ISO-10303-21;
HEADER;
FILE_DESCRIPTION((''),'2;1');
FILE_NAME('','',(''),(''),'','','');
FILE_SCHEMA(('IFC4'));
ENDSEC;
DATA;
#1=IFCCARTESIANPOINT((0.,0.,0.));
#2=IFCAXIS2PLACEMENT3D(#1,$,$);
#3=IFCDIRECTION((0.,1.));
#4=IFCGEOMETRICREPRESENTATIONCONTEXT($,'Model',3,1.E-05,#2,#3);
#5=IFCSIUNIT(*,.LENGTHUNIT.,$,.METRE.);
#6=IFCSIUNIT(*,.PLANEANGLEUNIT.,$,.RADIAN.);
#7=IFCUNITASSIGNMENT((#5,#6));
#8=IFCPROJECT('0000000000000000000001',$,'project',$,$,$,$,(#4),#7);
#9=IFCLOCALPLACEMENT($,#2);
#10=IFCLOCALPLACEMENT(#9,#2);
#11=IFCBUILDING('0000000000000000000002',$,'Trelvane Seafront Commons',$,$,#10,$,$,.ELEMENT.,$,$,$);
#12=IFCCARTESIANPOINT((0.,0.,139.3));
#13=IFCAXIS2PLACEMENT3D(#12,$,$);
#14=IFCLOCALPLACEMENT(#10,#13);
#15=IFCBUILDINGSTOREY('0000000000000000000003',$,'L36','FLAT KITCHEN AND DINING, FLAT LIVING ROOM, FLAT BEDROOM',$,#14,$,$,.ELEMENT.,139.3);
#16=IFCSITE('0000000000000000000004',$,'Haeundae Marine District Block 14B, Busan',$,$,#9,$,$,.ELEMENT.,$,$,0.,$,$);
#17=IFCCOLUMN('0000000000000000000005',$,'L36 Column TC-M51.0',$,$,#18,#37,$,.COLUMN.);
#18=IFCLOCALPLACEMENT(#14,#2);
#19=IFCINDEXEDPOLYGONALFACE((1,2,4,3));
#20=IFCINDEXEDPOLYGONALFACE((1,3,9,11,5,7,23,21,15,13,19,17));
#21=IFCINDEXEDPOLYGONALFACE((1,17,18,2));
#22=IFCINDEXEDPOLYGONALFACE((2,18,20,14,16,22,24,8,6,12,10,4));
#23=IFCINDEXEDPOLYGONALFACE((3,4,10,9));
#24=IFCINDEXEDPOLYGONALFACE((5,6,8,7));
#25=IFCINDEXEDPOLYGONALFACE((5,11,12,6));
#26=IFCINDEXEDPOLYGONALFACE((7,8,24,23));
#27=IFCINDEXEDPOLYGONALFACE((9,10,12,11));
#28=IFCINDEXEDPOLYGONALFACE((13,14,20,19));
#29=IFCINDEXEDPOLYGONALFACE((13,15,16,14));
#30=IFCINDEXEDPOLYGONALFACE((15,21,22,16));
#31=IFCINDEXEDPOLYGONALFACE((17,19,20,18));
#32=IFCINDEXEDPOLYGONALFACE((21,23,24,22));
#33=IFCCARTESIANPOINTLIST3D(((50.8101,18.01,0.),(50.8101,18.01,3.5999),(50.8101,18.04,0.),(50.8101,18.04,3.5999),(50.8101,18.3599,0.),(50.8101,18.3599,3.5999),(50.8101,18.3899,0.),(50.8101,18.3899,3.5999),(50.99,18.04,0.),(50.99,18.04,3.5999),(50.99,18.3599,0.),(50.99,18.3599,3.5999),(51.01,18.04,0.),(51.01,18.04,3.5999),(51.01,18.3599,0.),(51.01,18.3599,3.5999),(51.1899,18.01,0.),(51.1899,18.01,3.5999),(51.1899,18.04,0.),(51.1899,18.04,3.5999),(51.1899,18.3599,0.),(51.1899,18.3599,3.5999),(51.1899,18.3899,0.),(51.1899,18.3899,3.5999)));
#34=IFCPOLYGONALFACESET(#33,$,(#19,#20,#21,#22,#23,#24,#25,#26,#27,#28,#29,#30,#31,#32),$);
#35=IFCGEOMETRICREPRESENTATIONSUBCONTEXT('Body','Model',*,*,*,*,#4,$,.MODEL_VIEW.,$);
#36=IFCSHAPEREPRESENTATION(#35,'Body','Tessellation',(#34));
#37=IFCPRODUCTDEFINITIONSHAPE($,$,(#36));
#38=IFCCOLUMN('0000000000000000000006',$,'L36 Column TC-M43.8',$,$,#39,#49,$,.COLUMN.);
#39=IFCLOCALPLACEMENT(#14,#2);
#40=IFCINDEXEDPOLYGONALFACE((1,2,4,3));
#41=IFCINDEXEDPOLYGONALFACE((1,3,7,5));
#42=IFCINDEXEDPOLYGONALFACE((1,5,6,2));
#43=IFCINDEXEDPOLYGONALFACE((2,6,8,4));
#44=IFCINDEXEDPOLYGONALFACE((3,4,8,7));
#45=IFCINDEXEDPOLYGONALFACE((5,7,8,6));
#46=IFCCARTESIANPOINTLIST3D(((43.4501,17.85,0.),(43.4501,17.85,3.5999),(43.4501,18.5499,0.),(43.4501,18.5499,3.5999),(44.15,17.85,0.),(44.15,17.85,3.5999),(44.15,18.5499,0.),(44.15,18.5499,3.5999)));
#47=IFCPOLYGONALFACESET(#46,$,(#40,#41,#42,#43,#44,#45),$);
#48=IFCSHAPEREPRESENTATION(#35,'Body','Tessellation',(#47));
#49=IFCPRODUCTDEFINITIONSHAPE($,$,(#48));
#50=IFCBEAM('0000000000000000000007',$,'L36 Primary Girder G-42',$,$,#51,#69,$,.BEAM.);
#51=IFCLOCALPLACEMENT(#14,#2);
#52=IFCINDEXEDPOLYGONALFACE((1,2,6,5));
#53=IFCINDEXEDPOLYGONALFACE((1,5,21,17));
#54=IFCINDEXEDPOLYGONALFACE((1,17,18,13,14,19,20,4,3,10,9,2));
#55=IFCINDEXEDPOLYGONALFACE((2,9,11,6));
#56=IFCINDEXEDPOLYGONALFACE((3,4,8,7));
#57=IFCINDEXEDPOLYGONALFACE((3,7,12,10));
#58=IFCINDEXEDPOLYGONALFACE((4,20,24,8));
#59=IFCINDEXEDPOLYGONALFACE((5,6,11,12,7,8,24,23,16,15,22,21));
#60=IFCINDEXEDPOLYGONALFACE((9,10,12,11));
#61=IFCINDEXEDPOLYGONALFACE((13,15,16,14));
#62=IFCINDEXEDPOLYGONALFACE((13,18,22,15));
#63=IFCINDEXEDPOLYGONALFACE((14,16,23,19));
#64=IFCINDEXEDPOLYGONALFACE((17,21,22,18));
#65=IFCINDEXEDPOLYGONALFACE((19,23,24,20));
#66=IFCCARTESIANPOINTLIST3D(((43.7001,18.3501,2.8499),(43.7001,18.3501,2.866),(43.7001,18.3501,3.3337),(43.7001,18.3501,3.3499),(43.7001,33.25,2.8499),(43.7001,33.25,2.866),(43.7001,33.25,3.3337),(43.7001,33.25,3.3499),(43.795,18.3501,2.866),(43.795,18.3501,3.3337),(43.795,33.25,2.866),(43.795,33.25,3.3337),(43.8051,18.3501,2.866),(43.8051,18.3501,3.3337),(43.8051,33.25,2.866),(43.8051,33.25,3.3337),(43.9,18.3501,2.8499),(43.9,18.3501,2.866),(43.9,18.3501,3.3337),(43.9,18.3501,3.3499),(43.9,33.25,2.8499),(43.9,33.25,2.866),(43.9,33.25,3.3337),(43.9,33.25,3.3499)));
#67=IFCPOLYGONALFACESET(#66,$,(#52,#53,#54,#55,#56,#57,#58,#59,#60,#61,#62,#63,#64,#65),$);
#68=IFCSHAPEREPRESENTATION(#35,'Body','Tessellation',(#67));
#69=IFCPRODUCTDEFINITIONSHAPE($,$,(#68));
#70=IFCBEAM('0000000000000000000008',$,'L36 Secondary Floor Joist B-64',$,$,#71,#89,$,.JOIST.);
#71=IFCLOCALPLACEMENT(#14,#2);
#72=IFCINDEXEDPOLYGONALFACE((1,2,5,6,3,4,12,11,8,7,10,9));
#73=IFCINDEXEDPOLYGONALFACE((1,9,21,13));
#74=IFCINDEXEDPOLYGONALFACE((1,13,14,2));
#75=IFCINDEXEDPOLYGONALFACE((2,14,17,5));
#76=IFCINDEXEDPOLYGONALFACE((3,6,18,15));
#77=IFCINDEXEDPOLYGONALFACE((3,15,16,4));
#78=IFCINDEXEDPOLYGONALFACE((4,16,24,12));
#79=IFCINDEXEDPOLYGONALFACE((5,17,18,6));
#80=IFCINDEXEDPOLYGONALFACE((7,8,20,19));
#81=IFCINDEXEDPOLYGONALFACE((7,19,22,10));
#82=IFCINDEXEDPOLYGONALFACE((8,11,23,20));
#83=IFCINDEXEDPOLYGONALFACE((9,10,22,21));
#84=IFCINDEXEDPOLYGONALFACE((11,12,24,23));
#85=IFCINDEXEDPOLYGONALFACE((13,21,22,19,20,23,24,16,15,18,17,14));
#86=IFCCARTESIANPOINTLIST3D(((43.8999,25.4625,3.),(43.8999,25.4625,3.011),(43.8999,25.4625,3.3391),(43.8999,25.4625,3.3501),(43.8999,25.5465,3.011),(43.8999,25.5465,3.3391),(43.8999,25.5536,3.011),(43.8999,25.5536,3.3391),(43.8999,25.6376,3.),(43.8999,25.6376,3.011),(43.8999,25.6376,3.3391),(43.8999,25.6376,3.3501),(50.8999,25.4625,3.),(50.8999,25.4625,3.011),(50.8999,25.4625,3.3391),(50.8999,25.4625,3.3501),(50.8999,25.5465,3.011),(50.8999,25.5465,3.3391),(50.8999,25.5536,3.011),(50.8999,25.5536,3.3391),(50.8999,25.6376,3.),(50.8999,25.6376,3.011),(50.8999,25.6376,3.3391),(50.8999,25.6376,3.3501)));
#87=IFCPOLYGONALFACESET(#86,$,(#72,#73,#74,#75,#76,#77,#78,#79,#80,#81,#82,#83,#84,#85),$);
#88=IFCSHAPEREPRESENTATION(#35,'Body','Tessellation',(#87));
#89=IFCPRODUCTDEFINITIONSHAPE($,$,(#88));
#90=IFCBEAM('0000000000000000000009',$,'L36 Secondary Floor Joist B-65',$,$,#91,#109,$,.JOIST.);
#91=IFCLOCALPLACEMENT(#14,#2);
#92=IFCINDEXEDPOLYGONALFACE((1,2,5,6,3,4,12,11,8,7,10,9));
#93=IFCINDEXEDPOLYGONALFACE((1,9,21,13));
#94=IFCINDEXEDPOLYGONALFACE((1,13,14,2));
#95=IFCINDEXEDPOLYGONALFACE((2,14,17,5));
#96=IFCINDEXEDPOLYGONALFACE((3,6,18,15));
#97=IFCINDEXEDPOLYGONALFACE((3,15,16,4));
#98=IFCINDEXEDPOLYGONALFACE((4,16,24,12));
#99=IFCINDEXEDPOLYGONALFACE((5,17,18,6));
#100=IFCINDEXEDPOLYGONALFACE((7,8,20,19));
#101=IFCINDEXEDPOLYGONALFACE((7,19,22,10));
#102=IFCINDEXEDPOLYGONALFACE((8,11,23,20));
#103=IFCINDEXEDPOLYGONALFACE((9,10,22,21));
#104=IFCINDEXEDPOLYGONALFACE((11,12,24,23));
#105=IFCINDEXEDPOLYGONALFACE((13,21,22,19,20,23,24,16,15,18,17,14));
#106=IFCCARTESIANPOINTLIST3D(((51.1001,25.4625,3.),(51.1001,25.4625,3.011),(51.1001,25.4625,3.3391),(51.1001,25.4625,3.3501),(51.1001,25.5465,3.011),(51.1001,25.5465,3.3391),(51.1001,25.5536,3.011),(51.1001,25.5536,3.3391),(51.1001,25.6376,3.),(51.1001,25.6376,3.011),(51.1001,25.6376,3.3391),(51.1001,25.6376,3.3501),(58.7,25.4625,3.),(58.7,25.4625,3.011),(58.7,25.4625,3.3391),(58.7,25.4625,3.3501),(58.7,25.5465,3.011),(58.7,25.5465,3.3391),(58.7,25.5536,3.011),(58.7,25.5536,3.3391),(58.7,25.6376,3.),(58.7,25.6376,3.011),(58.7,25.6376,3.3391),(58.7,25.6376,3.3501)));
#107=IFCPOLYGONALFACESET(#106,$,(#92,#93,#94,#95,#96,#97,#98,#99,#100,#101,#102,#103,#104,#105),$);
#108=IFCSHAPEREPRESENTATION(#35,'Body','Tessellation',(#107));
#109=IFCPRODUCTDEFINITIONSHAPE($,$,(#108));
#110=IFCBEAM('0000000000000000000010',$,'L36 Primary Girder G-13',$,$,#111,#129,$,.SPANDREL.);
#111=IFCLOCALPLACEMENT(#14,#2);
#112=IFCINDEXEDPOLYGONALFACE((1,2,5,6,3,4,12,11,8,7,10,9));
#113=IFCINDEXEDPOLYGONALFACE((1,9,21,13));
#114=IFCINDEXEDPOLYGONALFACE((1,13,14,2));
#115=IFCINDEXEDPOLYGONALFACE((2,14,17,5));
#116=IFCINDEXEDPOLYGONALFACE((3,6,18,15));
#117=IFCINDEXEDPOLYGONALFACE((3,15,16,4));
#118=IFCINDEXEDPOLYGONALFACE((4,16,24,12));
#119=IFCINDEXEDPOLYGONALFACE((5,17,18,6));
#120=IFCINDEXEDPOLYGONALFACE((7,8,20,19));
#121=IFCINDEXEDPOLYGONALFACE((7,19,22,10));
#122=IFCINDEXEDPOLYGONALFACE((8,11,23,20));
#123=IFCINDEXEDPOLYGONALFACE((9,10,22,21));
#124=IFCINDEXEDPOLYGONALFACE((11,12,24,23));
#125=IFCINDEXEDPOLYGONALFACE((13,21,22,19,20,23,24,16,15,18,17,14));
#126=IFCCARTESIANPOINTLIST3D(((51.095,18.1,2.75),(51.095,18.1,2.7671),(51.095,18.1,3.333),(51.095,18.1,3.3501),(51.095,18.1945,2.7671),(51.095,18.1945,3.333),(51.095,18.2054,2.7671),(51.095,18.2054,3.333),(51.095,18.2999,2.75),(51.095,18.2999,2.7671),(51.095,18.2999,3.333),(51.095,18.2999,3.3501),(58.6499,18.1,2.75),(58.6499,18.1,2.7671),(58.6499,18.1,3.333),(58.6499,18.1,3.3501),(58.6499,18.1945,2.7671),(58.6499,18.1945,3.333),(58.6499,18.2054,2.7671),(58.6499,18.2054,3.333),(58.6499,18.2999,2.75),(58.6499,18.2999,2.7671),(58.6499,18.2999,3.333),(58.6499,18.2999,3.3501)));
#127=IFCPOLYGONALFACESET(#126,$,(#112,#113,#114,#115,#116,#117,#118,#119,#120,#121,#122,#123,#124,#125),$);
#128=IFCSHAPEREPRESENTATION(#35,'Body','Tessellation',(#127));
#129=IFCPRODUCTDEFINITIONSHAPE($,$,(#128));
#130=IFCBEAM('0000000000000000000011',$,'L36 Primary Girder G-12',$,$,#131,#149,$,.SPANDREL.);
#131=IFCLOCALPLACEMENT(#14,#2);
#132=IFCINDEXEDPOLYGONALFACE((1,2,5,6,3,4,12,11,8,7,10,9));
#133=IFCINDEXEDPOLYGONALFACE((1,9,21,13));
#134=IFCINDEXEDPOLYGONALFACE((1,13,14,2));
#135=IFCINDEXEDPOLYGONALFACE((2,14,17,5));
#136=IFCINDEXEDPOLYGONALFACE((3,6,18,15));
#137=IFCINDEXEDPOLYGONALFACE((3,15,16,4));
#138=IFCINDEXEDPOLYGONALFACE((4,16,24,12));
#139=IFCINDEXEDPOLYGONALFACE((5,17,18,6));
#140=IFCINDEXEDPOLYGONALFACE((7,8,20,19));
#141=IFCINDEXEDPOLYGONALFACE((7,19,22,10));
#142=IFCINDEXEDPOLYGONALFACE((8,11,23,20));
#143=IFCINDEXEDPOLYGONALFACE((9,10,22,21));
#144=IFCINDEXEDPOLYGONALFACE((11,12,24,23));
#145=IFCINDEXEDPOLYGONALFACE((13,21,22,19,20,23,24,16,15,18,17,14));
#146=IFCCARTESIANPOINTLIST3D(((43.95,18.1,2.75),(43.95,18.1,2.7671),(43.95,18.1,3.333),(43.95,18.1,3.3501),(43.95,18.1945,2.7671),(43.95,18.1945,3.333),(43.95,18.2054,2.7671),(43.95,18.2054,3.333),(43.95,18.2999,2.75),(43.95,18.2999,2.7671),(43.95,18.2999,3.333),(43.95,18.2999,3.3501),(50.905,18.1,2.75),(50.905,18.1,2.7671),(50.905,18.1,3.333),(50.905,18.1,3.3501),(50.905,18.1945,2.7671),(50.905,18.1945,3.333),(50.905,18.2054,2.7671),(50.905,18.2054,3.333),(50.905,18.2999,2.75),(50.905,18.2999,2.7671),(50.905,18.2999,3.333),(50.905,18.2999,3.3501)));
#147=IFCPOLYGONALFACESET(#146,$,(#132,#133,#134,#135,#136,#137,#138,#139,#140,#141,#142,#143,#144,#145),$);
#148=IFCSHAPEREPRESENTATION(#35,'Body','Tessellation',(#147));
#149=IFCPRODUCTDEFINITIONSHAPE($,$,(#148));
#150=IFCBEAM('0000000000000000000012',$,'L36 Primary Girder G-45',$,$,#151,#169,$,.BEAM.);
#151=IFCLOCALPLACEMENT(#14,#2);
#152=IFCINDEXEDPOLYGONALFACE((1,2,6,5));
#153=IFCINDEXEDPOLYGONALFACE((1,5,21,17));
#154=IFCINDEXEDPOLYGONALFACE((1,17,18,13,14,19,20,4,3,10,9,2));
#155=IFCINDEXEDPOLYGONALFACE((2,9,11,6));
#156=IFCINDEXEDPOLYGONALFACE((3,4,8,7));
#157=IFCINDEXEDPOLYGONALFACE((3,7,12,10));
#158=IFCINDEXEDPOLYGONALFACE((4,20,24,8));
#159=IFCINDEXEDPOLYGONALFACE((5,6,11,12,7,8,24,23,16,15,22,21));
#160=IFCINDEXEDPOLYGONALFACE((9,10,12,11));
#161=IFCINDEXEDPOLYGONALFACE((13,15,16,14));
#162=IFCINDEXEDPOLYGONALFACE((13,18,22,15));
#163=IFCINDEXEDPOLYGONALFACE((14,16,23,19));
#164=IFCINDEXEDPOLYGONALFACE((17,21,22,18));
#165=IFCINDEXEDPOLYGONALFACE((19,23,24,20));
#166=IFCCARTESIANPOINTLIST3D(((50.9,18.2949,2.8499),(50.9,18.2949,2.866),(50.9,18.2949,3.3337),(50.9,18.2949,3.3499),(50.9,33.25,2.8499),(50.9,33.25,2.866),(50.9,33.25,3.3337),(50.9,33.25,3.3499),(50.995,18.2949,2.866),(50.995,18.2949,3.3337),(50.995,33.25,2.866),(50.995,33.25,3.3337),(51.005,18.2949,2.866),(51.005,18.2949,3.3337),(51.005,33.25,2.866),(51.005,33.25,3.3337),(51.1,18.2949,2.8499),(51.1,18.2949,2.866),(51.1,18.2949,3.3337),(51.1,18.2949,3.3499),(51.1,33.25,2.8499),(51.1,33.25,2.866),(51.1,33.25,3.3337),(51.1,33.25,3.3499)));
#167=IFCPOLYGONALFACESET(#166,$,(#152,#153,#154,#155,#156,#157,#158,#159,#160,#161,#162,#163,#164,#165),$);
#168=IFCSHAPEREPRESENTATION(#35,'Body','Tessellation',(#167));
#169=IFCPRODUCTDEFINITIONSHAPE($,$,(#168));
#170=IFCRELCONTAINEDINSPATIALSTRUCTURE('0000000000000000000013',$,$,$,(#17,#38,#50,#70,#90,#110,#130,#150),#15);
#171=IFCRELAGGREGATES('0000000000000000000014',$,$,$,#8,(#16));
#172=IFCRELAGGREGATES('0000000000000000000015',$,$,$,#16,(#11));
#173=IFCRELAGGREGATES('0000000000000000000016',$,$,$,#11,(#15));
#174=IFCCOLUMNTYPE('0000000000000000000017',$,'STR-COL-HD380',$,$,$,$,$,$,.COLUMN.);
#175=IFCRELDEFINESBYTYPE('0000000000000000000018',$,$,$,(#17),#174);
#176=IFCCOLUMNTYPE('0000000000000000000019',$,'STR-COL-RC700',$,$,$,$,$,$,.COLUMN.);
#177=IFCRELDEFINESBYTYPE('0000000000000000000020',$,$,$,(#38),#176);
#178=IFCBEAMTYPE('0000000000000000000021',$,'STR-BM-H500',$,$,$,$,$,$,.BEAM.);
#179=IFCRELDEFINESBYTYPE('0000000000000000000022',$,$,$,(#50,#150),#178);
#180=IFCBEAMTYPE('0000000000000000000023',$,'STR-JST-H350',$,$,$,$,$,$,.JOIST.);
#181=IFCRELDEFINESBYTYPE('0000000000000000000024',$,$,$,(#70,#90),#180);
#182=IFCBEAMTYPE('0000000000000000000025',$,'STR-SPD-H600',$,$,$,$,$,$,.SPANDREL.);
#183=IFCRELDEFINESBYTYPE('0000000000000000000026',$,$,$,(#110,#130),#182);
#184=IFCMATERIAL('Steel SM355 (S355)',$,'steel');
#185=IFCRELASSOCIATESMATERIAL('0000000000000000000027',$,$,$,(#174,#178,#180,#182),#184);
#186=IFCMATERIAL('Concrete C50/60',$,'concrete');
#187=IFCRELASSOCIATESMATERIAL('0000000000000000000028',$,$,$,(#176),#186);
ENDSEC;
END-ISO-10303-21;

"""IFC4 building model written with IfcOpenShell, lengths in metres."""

from ifc_helpers import new_model, si_unit, direction, frame, origin, origin_2d, place, context, subcontext, project, spatial, rectangle, i_section, extrude, source, transform, mapped, material, material_profile, profile_set, type_object, element, save


model = new_model("IFC4")

# Units and contexts
model_context = context("Model", 3, precision=1e-05, world=origin(), true_north=direction((0.0, 1.0)))
body_context = subcontext(model_context, "Body", "Model", "MODEL_VIEW")
ifc_project = project(units=[si_unit("LENGTHUNIT", "METRE"), si_unit("PLANEANGLEUNIT", "RADIAN")], contexts=[model_context])

# Site, building, storey
site_placement = place(None, origin())
site = spatial("IfcSite", under=ifc_project, at=site_placement, Name="Haeundae Marine District Block 14B, Busan", CompositionType="ELEMENT", RefElevation=0.0)
building_placement = place(site_placement, origin())
building = spatial("IfcBuilding", under=site, at=building_placement, Name="Trelvane Seafront Commons", CompositionType="ELEMENT")
storey_placement = place(building_placement, frame((0.0, 0.0, 139.3)))
storey = spatial("IfcBuildingStorey", under=building, at=storey_placement, Name="L36", Description="FLAT KITCHEN AND DINING, FLAT LIVING ROOM, FLAT BEDROOM", CompositionType="ELEMENT", Elevation=139.3)

# Columns
ifc_material_1 = material(Name="Steel SM355 (S355)", Category="steel")
ifc_material_profile_1 = material_profile(ifc_material_1, i_section(OverallWidth=0.3799, OverallDepth=0.3799, WebThickness=0.02, FlangeThickness=0.03, at=origin_2d()), Name="HD-380x380x20x30")
ifc_profile_set_1 = profile_set([ifc_material_profile_1], Name="Steel SM355 (S355)")
column_type_1 = type_object("IfcColumnType", Name="STR-COL-HD380", PredefinedType="COLUMN", material=ifc_profile_set_1)
shared_shape_1 = source(origin(), body_context, "Body", "SweptSolid", [
    extrude(i_section(OverallWidth=0.3799, OverallDepth=0.3799, WebThickness=0.02, FlangeThickness=0.03, at=origin_2d()), origin(), (0.0, 0.0, 1.0), 3.5999),
])
column_1_placement = place(storey_placement, frame((51.0, 18.2, 0.0), z_axis=(0.0, 0.0, 1.0), x_axis=(1.0, 0.0, 0.0)))
element("IfcColumn", 1, at=column_1_placement, inside=storey, type_object=column_type_1, Name="L36 Column TC-M51.0", PredefinedType="COLUMN", context=body_context, shape_type="MappedRepresentation", body=[
    mapped(shared_shape_1, transform((0.0, 0.0, 0.0), x_axis=(1.0, 0.0, 0.0), y_axis=(0.0, 1.0, 0.0), z_axis=(0.0, 0.0, 1.0), scale=1.0)),
])
ifc_material_2 = material(Name="Concrete C50/60", Category="concrete")
ifc_material_profile_2 = material_profile(ifc_material_2, rectangle(XDim=0.7, YDim=0.7, at=origin_2d()), Name="RC-700x700")
ifc_profile_set_2 = profile_set([ifc_material_profile_2], Name="Concrete C50/60")
column_type_2 = type_object("IfcColumnType", Name="STR-COL-RC700", PredefinedType="COLUMN", material=ifc_profile_set_2)
shared_shape_2 = source(origin(), body_context, "Body", "SweptSolid", [
    extrude(rectangle(XDim=0.7, YDim=0.7, at=origin_2d()), origin(), (0.0, 0.0, 1.0), 3.5999),
])
column_2_placement = place(storey_placement, frame((43.8, 18.2, 0.0), z_axis=(0.0, 0.0, 1.0), x_axis=(1.0, 0.0, 0.0)))
element("IfcColumn", 2, at=column_2_placement, inside=storey, type_object=column_type_2, Name="L36 Column TC-M43.8", PredefinedType="COLUMN", context=body_context, shape_type="MappedRepresentation", body=[
    mapped(shared_shape_2, transform((0.0, 0.0, 0.0), x_axis=(1.0, 0.0, 0.0), y_axis=(0.0, 1.0, 0.0), z_axis=(0.0, 0.0, 1.0), scale=1.0)),
])

# Beams
ifc_material_profile_3 = material_profile(ifc_material_1, i_section(OverallWidth=0.2, OverallDepth=0.5, WebThickness=0.01, FlangeThickness=0.0161, at=origin_2d()), Name="H-500x200x10x16")
ifc_profile_set_3 = profile_set([ifc_material_profile_3], Name="Steel SM355 (S355)")
beam_type_1 = type_object("IfcBeamType", Name="STR-BM-H500", PredefinedType="BEAM", material=ifc_profile_set_3)
shared_shape_3 = source(origin(), body_context, "Body", "SweptSolid", [
    extrude(i_section(OverallWidth=0.2, OverallDepth=0.5, WebThickness=0.01, FlangeThickness=0.0161, at=origin_2d()), origin(), (0.0, 0.0, 1.0), 14.8999),
])
beam_1_placement = place(storey_placement, frame((43.8, 18.3501, 3.0999), z_axis=(0.0, 1.0, 0.0), x_axis=(-1.0, 0.0, 0.0)))
element("IfcBeam", 3, at=beam_1_placement, inside=storey, type_object=beam_type_1, Name="L36 Primary Girder G-42", PredefinedType="BEAM", context=body_context, shape_type="MappedRepresentation", body=[
    mapped(shared_shape_3, transform((0.0, 0.0, 0.0), x_axis=(1.0, 0.0, 0.0), y_axis=(0.0, 1.0, 0.0), z_axis=(0.0, 0.0, 1.0), scale=1.0)),
])
ifc_material_profile_4 = material_profile(ifc_material_1, i_section(OverallWidth=0.175, OverallDepth=0.3501, WebThickness=0.0071, FlangeThickness=0.011, at=origin_2d()), Name="H-350x175x7x11")
ifc_profile_set_4 = profile_set([ifc_material_profile_4], Name="Steel SM355 (S355)")
beam_type_2 = type_object("IfcBeamType", Name="STR-JST-H350", PredefinedType="JOIST", material=ifc_profile_set_4)
shared_shape_4 = source(origin(), body_context, "Body", "SweptSolid", [
    extrude(i_section(OverallWidth=0.175, OverallDepth=0.3501, WebThickness=0.0071, FlangeThickness=0.011, at=origin_2d()), origin(), (0.0, 0.0, 1.0), 7.0),
])
beam_2_placement = place(storey_placement, frame((43.8999, 25.55, 3.175), z_axis=(1.0, 0.0, 0.0), x_axis=(0.0, 1.0, 0.0)))
element("IfcBeam", 4, at=beam_2_placement, inside=storey, type_object=beam_type_2, Name="L36 Secondary Floor Joist B-64", PredefinedType="JOIST", context=body_context, shape_type="MappedRepresentation", body=[
    mapped(shared_shape_4, transform((0.0, 0.0, 0.0), x_axis=(1.0, 0.0, 0.0), y_axis=(0.0, 1.0, 0.0), z_axis=(0.0, 0.0, 1.0), scale=1.0)),
])
shared_shape_5 = source(origin(), body_context, "Body", "SweptSolid", [
    extrude(i_section(OverallWidth=0.175, OverallDepth=0.3501, WebThickness=0.0071, FlangeThickness=0.011, at=origin_2d()), origin(), (0.0, 0.0, 1.0), 7.5999),
])
beam_3_placement = place(storey_placement, frame((51.1001, 25.55, 3.175), z_axis=(1.0, 0.0, 0.0), x_axis=(0.0, 1.0, 0.0)))
element("IfcBeam", 5, at=beam_3_placement, inside=storey, type_object=beam_type_2, Name="L36 Secondary Floor Joist B-65", PredefinedType="JOIST", context=body_context, shape_type="MappedRepresentation", body=[
    mapped(shared_shape_5, transform((0.0, 0.0, 0.0), x_axis=(1.0, 0.0, 0.0), y_axis=(0.0, 1.0, 0.0), z_axis=(0.0, 0.0, 1.0), scale=1.0)),
])
ifc_material_profile_5 = material_profile(ifc_material_1, i_section(OverallWidth=0.2, OverallDepth=0.6001, WebThickness=0.011, FlangeThickness=0.0171, at=origin_2d()), Name="H-600x200x11x17")
ifc_profile_set_5 = profile_set([ifc_material_profile_5], Name="Steel SM355 (S355)")
beam_type_3 = type_object("IfcBeamType", Name="STR-SPD-H600", PredefinedType="SPANDREL", material=ifc_profile_set_5)
shared_shape_6 = source(origin(), body_context, "Body", "SweptSolid", [
    extrude(i_section(OverallWidth=0.2, OverallDepth=0.6001, WebThickness=0.011, FlangeThickness=0.0171, at=origin_2d()), origin(), (0.0, 0.0, 1.0), 7.5549),
])
beam_4_placement = place(storey_placement, frame((51.095, 18.2, 3.05), z_axis=(1.0, 0.0, 0.0), x_axis=(0.0, 1.0, 0.0)))
element("IfcBeam", 6, at=beam_4_placement, inside=storey, type_object=beam_type_3, Name="L36 Primary Girder G-13", PredefinedType="SPANDREL", context=body_context, shape_type="MappedRepresentation", body=[
    mapped(shared_shape_6, transform((0.0, 0.0, 0.0), x_axis=(1.0, 0.0, 0.0), y_axis=(0.0, 1.0, 0.0), z_axis=(0.0, 0.0, 1.0), scale=1.0)),
])
shared_shape_7 = source(origin(), body_context, "Body", "SweptSolid", [
    extrude(i_section(OverallWidth=0.2, OverallDepth=0.6001, WebThickness=0.011, FlangeThickness=0.0171, at=origin_2d()), origin(), (0.0, 0.0, 1.0), 6.9551),
])
beam_5_placement = place(storey_placement, frame((43.95, 18.2, 3.05), z_axis=(1.0, 0.0, 0.0), x_axis=(0.0, 1.0, 0.0)))
element("IfcBeam", 7, at=beam_5_placement, inside=storey, type_object=beam_type_3, Name="L36 Primary Girder G-12", PredefinedType="SPANDREL", context=body_context, shape_type="MappedRepresentation", body=[
    mapped(shared_shape_7, transform((0.0, 0.0, 0.0), x_axis=(1.0, 0.0, 0.0), y_axis=(0.0, 1.0, 0.0), z_axis=(0.0, 0.0, 1.0), scale=1.0)),
])
shared_shape_8 = source(origin(), body_context, "Body", "SweptSolid", [
    extrude(i_section(OverallWidth=0.2, OverallDepth=0.5, WebThickness=0.01, FlangeThickness=0.0161, at=origin_2d()), origin(), (0.0, 0.0, 1.0), 14.9551),
])
beam_6_placement = place(storey_placement, frame((51.0, 18.2949, 3.0999), z_axis=(0.0, 1.0, 0.0), x_axis=(-1.0, 0.0, 0.0)))
element("IfcBeam", 8, at=beam_6_placement, inside=storey, type_object=beam_type_1, Name="L36 Primary Girder G-45", PredefinedType="BEAM", context=body_context, shape_type="MappedRepresentation", body=[
    mapped(shared_shape_8, transform((0.0, 0.0, 0.0), x_axis=(1.0, 0.0, 0.0), y_axis=(0.0, 1.0, 0.0), z_axis=(0.0, 0.0, 1.0), scale=1.0)),
])

save(model, "model.ifc")
